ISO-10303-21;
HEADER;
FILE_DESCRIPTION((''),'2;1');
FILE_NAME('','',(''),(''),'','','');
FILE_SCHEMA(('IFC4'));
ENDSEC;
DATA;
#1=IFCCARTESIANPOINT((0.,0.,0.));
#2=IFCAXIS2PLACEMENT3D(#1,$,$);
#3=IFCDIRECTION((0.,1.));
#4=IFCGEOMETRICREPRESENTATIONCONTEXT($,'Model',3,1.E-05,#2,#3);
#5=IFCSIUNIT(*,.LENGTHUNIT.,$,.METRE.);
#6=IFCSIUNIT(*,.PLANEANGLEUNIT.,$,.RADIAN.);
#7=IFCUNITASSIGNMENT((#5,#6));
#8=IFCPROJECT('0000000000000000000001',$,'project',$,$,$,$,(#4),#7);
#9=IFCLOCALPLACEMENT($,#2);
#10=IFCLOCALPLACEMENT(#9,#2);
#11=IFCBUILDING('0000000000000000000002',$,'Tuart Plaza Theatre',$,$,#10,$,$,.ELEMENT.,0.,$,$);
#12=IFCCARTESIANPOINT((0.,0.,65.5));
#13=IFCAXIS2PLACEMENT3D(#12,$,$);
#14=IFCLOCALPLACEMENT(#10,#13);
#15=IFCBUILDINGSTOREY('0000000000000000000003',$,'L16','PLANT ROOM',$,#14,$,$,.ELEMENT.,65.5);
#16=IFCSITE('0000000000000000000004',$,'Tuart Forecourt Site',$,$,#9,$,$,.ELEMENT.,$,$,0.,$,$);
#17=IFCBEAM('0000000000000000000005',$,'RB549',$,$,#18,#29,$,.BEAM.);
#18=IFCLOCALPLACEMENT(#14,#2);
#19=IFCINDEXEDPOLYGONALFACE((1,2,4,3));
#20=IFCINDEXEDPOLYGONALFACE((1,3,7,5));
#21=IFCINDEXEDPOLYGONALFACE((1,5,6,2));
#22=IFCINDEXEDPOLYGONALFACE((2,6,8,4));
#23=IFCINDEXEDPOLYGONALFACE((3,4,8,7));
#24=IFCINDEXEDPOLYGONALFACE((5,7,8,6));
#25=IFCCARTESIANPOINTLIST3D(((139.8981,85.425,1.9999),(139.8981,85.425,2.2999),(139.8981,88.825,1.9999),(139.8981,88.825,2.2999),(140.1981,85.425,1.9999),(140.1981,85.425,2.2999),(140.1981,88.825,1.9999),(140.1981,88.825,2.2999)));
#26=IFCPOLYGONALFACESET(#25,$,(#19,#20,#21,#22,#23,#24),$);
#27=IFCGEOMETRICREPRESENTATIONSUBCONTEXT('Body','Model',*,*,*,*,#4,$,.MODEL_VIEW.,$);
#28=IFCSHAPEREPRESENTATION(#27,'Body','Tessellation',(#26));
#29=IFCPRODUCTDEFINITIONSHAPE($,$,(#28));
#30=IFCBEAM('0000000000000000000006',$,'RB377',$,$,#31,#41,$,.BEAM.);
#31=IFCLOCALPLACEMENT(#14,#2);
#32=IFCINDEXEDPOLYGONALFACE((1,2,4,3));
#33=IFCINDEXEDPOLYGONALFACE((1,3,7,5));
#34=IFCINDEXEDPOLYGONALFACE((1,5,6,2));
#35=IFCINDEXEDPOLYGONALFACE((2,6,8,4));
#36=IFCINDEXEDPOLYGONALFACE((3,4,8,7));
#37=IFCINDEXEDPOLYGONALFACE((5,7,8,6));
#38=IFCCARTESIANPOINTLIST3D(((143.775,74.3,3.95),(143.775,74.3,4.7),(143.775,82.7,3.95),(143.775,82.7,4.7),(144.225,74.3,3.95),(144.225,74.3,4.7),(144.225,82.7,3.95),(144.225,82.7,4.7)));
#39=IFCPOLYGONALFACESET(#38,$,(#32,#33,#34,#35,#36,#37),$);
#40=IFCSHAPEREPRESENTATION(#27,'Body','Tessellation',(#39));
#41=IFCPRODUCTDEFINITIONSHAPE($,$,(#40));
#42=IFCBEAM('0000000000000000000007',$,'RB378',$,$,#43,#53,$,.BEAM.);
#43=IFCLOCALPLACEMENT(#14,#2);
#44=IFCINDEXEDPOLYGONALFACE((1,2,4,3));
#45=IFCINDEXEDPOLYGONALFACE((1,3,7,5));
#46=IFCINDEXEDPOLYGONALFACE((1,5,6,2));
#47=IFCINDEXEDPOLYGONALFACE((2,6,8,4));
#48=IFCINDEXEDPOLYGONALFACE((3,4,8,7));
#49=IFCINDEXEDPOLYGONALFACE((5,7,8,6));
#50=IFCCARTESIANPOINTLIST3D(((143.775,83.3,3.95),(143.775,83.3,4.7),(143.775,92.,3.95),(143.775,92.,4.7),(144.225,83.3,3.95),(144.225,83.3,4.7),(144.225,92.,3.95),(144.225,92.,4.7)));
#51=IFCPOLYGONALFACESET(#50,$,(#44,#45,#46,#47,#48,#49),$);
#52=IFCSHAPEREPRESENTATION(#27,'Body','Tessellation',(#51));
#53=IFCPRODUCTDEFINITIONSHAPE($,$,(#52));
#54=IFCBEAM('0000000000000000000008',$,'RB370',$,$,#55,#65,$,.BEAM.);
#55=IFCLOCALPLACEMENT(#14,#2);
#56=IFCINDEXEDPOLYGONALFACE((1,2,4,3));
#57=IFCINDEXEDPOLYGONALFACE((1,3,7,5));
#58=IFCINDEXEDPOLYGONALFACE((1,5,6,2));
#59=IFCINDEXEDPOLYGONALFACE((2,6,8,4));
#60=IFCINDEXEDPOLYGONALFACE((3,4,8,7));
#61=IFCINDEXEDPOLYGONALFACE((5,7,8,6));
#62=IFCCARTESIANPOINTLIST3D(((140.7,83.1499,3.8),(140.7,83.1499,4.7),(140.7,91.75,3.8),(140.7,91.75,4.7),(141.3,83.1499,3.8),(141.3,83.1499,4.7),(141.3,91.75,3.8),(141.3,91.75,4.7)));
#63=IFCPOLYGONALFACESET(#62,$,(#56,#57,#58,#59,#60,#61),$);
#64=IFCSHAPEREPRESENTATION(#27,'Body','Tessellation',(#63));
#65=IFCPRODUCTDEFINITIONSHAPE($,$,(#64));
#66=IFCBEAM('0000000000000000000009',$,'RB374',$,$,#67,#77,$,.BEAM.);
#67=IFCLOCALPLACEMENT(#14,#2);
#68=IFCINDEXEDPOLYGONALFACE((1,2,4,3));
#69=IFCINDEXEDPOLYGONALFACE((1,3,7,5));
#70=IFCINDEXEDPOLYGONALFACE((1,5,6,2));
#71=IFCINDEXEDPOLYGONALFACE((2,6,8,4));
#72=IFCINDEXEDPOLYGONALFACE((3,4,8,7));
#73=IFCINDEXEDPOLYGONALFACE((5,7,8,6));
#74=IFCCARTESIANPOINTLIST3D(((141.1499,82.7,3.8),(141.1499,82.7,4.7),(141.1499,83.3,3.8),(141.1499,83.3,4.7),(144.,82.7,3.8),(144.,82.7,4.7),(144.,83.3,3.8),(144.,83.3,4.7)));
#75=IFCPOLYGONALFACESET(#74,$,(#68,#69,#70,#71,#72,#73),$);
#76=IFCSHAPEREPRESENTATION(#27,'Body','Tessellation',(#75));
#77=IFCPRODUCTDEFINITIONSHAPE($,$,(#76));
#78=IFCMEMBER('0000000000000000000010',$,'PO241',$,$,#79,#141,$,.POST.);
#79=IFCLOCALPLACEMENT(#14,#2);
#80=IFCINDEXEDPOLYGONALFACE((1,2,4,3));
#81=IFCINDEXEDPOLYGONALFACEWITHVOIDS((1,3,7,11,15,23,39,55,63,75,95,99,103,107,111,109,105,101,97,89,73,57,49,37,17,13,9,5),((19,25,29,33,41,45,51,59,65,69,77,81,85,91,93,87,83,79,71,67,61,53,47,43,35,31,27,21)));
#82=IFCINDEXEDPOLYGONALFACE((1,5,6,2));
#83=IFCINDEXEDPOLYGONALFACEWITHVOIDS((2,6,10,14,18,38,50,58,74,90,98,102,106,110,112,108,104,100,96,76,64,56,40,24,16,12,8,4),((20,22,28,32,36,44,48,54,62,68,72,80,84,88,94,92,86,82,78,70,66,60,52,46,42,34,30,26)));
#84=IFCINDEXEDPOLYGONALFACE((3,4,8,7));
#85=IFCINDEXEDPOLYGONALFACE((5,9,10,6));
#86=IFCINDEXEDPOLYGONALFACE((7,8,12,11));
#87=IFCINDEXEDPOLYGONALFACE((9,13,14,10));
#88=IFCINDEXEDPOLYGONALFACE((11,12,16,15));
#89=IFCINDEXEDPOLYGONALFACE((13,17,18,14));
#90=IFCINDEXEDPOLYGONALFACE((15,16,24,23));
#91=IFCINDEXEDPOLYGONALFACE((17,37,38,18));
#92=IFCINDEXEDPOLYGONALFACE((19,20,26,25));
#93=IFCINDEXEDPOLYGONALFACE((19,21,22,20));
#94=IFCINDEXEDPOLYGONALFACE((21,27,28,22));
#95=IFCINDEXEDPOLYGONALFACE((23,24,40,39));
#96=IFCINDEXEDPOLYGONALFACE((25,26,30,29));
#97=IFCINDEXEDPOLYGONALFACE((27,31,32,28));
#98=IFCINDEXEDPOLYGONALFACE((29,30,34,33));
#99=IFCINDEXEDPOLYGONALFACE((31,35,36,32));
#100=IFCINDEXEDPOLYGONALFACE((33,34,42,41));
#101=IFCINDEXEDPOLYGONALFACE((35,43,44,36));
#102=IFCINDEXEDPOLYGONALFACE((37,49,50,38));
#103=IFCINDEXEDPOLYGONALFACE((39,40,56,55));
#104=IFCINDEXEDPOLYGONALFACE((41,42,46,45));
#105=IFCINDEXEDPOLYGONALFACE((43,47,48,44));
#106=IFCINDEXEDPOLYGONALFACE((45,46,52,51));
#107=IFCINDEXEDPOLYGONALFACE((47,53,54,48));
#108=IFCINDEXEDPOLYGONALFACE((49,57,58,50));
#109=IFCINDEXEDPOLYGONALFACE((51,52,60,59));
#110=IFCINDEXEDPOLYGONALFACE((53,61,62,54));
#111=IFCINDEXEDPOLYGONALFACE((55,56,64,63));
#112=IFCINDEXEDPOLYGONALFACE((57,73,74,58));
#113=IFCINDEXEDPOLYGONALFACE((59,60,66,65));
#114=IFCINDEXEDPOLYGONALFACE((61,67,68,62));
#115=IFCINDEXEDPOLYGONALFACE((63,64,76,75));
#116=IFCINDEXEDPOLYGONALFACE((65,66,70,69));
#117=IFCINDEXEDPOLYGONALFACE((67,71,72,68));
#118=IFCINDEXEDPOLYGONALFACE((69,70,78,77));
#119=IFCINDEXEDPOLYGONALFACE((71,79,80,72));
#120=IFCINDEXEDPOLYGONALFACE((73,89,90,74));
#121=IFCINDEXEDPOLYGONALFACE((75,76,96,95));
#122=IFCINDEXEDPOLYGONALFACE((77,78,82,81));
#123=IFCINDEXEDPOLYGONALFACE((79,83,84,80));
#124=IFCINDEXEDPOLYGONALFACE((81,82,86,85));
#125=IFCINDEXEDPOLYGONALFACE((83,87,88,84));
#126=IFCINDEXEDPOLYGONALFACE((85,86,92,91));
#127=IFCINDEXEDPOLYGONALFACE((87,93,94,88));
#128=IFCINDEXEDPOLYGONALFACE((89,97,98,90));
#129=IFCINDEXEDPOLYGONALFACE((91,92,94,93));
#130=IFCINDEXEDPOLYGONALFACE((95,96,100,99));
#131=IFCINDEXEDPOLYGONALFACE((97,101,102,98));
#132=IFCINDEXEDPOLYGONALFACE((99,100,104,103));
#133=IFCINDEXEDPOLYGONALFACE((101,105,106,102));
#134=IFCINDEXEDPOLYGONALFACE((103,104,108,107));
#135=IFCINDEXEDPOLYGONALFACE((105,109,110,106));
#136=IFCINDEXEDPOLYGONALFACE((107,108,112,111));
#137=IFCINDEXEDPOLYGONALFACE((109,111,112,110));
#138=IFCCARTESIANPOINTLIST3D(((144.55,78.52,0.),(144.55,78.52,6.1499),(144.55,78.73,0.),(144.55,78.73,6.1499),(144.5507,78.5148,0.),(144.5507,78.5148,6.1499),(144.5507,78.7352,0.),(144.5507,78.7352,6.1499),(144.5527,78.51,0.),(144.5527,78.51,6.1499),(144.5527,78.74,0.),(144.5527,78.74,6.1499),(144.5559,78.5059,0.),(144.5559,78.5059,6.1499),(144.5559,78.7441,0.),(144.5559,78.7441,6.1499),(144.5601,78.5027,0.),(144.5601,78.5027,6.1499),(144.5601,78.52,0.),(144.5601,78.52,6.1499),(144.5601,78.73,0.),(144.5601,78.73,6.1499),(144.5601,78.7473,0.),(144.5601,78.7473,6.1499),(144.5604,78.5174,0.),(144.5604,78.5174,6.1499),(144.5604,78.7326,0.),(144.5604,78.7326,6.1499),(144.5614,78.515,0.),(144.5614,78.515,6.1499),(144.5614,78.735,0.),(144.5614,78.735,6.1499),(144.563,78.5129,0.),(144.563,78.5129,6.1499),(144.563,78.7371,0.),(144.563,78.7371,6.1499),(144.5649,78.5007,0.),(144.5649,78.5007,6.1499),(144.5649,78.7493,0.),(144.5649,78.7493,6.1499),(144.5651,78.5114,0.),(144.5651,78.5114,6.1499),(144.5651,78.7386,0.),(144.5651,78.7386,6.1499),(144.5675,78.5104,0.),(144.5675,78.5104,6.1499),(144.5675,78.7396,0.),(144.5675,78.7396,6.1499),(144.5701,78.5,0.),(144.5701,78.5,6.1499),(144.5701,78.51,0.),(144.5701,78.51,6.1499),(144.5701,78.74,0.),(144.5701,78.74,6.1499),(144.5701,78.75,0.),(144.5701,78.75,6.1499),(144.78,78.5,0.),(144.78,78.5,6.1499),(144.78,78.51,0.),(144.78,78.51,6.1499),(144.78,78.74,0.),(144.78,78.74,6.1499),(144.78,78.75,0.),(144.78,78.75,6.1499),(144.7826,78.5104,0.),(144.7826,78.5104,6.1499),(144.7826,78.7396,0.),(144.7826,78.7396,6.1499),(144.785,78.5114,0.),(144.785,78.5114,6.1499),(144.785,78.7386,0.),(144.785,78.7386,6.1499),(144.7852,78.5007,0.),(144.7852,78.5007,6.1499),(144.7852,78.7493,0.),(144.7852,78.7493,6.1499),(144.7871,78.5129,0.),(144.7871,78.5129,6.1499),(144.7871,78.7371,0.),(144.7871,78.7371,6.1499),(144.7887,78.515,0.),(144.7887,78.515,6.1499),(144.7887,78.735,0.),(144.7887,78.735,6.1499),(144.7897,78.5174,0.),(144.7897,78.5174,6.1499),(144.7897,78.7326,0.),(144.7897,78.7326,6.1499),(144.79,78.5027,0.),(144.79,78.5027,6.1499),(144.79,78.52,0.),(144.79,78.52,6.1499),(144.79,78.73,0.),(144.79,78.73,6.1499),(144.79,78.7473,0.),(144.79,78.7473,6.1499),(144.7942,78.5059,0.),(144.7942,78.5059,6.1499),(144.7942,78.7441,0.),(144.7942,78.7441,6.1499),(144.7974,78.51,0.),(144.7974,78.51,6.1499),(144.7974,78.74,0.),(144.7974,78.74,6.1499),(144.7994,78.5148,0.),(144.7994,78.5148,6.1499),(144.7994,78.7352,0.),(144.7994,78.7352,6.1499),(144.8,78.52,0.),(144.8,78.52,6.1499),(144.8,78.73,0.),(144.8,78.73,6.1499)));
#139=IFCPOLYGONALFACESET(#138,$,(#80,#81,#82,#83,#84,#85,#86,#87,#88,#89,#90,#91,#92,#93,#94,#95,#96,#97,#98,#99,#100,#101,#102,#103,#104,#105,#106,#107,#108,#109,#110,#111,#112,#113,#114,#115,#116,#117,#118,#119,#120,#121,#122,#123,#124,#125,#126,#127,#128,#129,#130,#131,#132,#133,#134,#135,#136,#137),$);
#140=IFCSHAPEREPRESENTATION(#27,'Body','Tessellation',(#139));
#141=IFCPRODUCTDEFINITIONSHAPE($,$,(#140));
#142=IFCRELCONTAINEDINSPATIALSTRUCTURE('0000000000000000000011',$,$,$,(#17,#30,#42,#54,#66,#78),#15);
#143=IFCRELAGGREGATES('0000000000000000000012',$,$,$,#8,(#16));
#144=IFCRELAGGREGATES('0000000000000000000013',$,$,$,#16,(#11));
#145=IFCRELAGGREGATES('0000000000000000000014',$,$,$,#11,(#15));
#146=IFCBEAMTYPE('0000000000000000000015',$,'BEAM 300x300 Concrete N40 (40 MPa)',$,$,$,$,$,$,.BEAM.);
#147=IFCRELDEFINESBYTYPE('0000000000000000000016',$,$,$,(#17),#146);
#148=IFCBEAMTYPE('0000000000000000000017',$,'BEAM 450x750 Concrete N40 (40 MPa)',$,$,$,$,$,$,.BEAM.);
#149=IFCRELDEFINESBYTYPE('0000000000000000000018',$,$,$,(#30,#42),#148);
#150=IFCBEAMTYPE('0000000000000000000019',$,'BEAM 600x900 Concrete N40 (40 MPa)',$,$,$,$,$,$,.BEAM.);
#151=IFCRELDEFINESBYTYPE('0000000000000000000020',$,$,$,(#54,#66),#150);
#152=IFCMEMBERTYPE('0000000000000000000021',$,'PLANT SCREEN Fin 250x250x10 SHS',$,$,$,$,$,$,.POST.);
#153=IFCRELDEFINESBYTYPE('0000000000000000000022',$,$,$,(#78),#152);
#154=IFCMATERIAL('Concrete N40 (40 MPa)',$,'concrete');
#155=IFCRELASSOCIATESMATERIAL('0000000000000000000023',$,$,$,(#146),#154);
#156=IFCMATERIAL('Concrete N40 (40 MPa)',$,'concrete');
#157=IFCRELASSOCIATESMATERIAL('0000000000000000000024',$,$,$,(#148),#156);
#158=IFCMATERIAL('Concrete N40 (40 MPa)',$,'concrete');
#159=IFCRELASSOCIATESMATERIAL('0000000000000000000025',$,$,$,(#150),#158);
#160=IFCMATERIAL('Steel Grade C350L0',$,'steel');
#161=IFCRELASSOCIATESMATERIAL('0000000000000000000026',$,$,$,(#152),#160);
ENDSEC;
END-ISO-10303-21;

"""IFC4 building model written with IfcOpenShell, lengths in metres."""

from ifc_helpers import new_model, si_unit, direction, frame, origin, origin_2d, place, context, subcontext, project, spatial, rectangle, hollow_rectangle, extrude, material, material_profile, profile_set, type_object, element, save


model = new_model("IFC4")

# Units and contexts
model_context = context("Model", 3, precision=1e-05, world=origin(), true_north=direction((0.0, 1.0)))
body_context = subcontext(model_context, "Body", "Model", "MODEL_VIEW")
ifc_project = project(units=[si_unit("LENGTHUNIT", "METRE"), si_unit("PLANEANGLEUNIT", "RADIAN")], contexts=[model_context])

# Site, building, storey
site_placement = place(None, origin())
site = spatial("IfcSite", under=ifc_project, at=site_placement, Name="Tuart Forecourt Site", CompositionType="ELEMENT", RefElevation=0.0)
building_placement = place(site_placement, origin())
building = spatial("IfcBuilding", under=site, at=building_placement, Name="Tuart Plaza Theatre", CompositionType="ELEMENT", ElevationOfRefHeight=0.0)
storey_placement = place(building_placement, frame((0.0, 0.0, 65.5)))
storey = spatial("IfcBuildingStorey", under=building, at=storey_placement, Name="L16", Description="PLANT ROOM", CompositionType="ELEMENT", Elevation=65.5)

# Beams
ifc_material_1 = material(Name="Concrete N40 (40 MPa)", Category="concrete")
ifc_material_profile_1 = material_profile(ifc_material_1, rectangle(XDim=0.3, YDim=0.3, at=origin_2d()), Name="BEAM 300x300 Concrete N40 (40 MPa)")
ifc_profile_set_1 = profile_set([ifc_material_profile_1], Name="Concrete N40 (40 MPa)")
beam_type_1 = type_object("IfcBeamType", Name="BEAM 300x300 Concrete N40 (40 MPa)", PredefinedType="BEAM", material=ifc_profile_set_1)
beam_1_placement = place(storey_placement, frame((140.0481, 85.425, 2.1499), z_axis=(0.0, 1.0, 0.0), x_axis=(-1.0, 0.0, 0.0)))
element("IfcBeam", 1, at=beam_1_placement, inside=storey, type_object=beam_type_1, Name="RB549", PredefinedType="BEAM", context=body_context, shape_type="SweptSolid", body=[
    extrude(rectangle(XDim=0.3, YDim=0.3, at=origin_2d()), origin(), (0.0, 0.0, 1.0), 3.3999),
])
ifc_material_2 = material(Name="Concrete N40 (40 MPa)", Category="concrete")
ifc_material_profile_2 = material_profile(ifc_material_2, rectangle(XDim=0.45, YDim=0.75, at=origin_2d()), Name="BEAM 450x750 Concrete N40 (40 MPa)")
ifc_profile_set_2 = profile_set([ifc_material_profile_2], Name="Concrete N40 (40 MPa)")
beam_type_2 = type_object("IfcBeamType", Name="BEAM 450x750 Concrete N40 (40 MPa)", PredefinedType="BEAM", material=ifc_profile_set_2)
beam_2_placement = place(storey_placement, frame((144.0, 74.3, 4.325), z_axis=(0.0, 1.0, 0.0), x_axis=(-1.0, 0.0, 0.0)))
element("IfcBeam", 2, at=beam_2_placement, inside=storey, type_object=beam_type_2, Name="RB377", PredefinedType="BEAM", context=body_context, shape_type="SweptSolid", body=[
    extrude(rectangle(XDim=0.45, YDim=0.75, at=origin_2d()), origin(), (0.0, 0.0, 1.0), 8.3999),
])
beam_3_placement = place(storey_placement, frame((144.0, 83.3, 4.325), z_axis=(0.0, 1.0, 0.0), x_axis=(-1.0, 0.0, 0.0)))
element("IfcBeam", 3, at=beam_3_placement, inside=storey, type_object=beam_type_2, Name="RB378", PredefinedType="BEAM", context=body_context, shape_type="SweptSolid", body=[
    extrude(rectangle(XDim=0.45, YDim=0.75, at=origin_2d()), origin(), (0.0, 0.0, 1.0), 8.7),
])
ifc_material_3 = material(Name="Concrete N40 (40 MPa)", Category="concrete")
ifc_material_profile_3 = material_profile(ifc_material_3, rectangle(XDim=0.6001, YDim=0.8999, at=origin_2d()), Name="BEAM 600x900 Concrete N40 (40 MPa)")
ifc_profile_set_3 = profile_set([ifc_material_profile_3], Name="Concrete N40 (40 MPa)")
beam_type_3 = type_object("IfcBeamType", Name="BEAM 600x900 Concrete N40 (40 MPa)", PredefinedType="BEAM", material=ifc_profile_set_3)
beam_4_placement = place(storey_placement, frame((141.0, 83.1499, 4.25), z_axis=(0.0, 1.0, 0.0), x_axis=(-1.0, 0.0, 0.0)))
element("IfcBeam", 4, at=beam_4_placement, inside=storey, type_object=beam_type_3, Name="RB370", PredefinedType="BEAM", context=body_context, shape_type="SweptSolid", body=[
    extrude(rectangle(XDim=0.6001, YDim=0.8999, at=origin_2d()), origin(), (0.0, 0.0, 1.0), 8.6001),
])
beam_5_placement = place(storey_placement, frame((141.1499, 83.0, 4.25), z_axis=(1.0, 0.0, 0.0), x_axis=(0.0, 1.0, 0.0)))
element("IfcBeam", 5, at=beam_5_placement, inside=storey, type_object=beam_type_3, Name="RB374", PredefinedType="BEAM", context=body_context, shape_type="SweptSolid", body=[
    extrude(rectangle(XDim=0.6001, YDim=0.8999, at=origin_2d()), origin(), (0.0, 0.0, 1.0), 2.8501),
])

# Member
ifc_material_4 = material(Name="Steel Grade C350L0", Category="steel")
ifc_material_profile_4 = material_profile(ifc_material_4, hollow_rectangle(XDim=0.25, YDim=0.25, WallThickness=0.01, InnerFilletRadius=0.01, OuterFilletRadius=0.02, at=origin_2d()), Name="250x250x10 SHS")
ifc_profile_set_4 = profile_set([ifc_material_profile_4], Name="Steel Grade C350L0")
member_type = type_object("IfcMemberType", Name="PLANT SCREEN Fin 250x250x10 SHS", PredefinedType="POST", material=ifc_profile_set_4)
for number, where, z_axis, x_axis, name in (
    (6, (144.675, 78.625, 0.0), (0.0, 0.0, 1.0), (1.0, 0.0, 0.0), "PO241"),
):
    element("IfcMember", number, at=place(storey_placement, frame(where, z_axis=z_axis, x_axis=x_axis)), inside=storey, type_object=member_type, Name=name, PredefinedType="POST", context=body_context, shape_type="SweptSolid", body=[
        extrude(hollow_rectangle(XDim=0.25, YDim=0.25, WallThickness=0.01, InnerFilletRadius=0.01, OuterFilletRadius=0.02, at=origin_2d()), origin(), (0.0, 0.0, 1.0), 6.1499),
    ])

save(model, "model.ifc")
